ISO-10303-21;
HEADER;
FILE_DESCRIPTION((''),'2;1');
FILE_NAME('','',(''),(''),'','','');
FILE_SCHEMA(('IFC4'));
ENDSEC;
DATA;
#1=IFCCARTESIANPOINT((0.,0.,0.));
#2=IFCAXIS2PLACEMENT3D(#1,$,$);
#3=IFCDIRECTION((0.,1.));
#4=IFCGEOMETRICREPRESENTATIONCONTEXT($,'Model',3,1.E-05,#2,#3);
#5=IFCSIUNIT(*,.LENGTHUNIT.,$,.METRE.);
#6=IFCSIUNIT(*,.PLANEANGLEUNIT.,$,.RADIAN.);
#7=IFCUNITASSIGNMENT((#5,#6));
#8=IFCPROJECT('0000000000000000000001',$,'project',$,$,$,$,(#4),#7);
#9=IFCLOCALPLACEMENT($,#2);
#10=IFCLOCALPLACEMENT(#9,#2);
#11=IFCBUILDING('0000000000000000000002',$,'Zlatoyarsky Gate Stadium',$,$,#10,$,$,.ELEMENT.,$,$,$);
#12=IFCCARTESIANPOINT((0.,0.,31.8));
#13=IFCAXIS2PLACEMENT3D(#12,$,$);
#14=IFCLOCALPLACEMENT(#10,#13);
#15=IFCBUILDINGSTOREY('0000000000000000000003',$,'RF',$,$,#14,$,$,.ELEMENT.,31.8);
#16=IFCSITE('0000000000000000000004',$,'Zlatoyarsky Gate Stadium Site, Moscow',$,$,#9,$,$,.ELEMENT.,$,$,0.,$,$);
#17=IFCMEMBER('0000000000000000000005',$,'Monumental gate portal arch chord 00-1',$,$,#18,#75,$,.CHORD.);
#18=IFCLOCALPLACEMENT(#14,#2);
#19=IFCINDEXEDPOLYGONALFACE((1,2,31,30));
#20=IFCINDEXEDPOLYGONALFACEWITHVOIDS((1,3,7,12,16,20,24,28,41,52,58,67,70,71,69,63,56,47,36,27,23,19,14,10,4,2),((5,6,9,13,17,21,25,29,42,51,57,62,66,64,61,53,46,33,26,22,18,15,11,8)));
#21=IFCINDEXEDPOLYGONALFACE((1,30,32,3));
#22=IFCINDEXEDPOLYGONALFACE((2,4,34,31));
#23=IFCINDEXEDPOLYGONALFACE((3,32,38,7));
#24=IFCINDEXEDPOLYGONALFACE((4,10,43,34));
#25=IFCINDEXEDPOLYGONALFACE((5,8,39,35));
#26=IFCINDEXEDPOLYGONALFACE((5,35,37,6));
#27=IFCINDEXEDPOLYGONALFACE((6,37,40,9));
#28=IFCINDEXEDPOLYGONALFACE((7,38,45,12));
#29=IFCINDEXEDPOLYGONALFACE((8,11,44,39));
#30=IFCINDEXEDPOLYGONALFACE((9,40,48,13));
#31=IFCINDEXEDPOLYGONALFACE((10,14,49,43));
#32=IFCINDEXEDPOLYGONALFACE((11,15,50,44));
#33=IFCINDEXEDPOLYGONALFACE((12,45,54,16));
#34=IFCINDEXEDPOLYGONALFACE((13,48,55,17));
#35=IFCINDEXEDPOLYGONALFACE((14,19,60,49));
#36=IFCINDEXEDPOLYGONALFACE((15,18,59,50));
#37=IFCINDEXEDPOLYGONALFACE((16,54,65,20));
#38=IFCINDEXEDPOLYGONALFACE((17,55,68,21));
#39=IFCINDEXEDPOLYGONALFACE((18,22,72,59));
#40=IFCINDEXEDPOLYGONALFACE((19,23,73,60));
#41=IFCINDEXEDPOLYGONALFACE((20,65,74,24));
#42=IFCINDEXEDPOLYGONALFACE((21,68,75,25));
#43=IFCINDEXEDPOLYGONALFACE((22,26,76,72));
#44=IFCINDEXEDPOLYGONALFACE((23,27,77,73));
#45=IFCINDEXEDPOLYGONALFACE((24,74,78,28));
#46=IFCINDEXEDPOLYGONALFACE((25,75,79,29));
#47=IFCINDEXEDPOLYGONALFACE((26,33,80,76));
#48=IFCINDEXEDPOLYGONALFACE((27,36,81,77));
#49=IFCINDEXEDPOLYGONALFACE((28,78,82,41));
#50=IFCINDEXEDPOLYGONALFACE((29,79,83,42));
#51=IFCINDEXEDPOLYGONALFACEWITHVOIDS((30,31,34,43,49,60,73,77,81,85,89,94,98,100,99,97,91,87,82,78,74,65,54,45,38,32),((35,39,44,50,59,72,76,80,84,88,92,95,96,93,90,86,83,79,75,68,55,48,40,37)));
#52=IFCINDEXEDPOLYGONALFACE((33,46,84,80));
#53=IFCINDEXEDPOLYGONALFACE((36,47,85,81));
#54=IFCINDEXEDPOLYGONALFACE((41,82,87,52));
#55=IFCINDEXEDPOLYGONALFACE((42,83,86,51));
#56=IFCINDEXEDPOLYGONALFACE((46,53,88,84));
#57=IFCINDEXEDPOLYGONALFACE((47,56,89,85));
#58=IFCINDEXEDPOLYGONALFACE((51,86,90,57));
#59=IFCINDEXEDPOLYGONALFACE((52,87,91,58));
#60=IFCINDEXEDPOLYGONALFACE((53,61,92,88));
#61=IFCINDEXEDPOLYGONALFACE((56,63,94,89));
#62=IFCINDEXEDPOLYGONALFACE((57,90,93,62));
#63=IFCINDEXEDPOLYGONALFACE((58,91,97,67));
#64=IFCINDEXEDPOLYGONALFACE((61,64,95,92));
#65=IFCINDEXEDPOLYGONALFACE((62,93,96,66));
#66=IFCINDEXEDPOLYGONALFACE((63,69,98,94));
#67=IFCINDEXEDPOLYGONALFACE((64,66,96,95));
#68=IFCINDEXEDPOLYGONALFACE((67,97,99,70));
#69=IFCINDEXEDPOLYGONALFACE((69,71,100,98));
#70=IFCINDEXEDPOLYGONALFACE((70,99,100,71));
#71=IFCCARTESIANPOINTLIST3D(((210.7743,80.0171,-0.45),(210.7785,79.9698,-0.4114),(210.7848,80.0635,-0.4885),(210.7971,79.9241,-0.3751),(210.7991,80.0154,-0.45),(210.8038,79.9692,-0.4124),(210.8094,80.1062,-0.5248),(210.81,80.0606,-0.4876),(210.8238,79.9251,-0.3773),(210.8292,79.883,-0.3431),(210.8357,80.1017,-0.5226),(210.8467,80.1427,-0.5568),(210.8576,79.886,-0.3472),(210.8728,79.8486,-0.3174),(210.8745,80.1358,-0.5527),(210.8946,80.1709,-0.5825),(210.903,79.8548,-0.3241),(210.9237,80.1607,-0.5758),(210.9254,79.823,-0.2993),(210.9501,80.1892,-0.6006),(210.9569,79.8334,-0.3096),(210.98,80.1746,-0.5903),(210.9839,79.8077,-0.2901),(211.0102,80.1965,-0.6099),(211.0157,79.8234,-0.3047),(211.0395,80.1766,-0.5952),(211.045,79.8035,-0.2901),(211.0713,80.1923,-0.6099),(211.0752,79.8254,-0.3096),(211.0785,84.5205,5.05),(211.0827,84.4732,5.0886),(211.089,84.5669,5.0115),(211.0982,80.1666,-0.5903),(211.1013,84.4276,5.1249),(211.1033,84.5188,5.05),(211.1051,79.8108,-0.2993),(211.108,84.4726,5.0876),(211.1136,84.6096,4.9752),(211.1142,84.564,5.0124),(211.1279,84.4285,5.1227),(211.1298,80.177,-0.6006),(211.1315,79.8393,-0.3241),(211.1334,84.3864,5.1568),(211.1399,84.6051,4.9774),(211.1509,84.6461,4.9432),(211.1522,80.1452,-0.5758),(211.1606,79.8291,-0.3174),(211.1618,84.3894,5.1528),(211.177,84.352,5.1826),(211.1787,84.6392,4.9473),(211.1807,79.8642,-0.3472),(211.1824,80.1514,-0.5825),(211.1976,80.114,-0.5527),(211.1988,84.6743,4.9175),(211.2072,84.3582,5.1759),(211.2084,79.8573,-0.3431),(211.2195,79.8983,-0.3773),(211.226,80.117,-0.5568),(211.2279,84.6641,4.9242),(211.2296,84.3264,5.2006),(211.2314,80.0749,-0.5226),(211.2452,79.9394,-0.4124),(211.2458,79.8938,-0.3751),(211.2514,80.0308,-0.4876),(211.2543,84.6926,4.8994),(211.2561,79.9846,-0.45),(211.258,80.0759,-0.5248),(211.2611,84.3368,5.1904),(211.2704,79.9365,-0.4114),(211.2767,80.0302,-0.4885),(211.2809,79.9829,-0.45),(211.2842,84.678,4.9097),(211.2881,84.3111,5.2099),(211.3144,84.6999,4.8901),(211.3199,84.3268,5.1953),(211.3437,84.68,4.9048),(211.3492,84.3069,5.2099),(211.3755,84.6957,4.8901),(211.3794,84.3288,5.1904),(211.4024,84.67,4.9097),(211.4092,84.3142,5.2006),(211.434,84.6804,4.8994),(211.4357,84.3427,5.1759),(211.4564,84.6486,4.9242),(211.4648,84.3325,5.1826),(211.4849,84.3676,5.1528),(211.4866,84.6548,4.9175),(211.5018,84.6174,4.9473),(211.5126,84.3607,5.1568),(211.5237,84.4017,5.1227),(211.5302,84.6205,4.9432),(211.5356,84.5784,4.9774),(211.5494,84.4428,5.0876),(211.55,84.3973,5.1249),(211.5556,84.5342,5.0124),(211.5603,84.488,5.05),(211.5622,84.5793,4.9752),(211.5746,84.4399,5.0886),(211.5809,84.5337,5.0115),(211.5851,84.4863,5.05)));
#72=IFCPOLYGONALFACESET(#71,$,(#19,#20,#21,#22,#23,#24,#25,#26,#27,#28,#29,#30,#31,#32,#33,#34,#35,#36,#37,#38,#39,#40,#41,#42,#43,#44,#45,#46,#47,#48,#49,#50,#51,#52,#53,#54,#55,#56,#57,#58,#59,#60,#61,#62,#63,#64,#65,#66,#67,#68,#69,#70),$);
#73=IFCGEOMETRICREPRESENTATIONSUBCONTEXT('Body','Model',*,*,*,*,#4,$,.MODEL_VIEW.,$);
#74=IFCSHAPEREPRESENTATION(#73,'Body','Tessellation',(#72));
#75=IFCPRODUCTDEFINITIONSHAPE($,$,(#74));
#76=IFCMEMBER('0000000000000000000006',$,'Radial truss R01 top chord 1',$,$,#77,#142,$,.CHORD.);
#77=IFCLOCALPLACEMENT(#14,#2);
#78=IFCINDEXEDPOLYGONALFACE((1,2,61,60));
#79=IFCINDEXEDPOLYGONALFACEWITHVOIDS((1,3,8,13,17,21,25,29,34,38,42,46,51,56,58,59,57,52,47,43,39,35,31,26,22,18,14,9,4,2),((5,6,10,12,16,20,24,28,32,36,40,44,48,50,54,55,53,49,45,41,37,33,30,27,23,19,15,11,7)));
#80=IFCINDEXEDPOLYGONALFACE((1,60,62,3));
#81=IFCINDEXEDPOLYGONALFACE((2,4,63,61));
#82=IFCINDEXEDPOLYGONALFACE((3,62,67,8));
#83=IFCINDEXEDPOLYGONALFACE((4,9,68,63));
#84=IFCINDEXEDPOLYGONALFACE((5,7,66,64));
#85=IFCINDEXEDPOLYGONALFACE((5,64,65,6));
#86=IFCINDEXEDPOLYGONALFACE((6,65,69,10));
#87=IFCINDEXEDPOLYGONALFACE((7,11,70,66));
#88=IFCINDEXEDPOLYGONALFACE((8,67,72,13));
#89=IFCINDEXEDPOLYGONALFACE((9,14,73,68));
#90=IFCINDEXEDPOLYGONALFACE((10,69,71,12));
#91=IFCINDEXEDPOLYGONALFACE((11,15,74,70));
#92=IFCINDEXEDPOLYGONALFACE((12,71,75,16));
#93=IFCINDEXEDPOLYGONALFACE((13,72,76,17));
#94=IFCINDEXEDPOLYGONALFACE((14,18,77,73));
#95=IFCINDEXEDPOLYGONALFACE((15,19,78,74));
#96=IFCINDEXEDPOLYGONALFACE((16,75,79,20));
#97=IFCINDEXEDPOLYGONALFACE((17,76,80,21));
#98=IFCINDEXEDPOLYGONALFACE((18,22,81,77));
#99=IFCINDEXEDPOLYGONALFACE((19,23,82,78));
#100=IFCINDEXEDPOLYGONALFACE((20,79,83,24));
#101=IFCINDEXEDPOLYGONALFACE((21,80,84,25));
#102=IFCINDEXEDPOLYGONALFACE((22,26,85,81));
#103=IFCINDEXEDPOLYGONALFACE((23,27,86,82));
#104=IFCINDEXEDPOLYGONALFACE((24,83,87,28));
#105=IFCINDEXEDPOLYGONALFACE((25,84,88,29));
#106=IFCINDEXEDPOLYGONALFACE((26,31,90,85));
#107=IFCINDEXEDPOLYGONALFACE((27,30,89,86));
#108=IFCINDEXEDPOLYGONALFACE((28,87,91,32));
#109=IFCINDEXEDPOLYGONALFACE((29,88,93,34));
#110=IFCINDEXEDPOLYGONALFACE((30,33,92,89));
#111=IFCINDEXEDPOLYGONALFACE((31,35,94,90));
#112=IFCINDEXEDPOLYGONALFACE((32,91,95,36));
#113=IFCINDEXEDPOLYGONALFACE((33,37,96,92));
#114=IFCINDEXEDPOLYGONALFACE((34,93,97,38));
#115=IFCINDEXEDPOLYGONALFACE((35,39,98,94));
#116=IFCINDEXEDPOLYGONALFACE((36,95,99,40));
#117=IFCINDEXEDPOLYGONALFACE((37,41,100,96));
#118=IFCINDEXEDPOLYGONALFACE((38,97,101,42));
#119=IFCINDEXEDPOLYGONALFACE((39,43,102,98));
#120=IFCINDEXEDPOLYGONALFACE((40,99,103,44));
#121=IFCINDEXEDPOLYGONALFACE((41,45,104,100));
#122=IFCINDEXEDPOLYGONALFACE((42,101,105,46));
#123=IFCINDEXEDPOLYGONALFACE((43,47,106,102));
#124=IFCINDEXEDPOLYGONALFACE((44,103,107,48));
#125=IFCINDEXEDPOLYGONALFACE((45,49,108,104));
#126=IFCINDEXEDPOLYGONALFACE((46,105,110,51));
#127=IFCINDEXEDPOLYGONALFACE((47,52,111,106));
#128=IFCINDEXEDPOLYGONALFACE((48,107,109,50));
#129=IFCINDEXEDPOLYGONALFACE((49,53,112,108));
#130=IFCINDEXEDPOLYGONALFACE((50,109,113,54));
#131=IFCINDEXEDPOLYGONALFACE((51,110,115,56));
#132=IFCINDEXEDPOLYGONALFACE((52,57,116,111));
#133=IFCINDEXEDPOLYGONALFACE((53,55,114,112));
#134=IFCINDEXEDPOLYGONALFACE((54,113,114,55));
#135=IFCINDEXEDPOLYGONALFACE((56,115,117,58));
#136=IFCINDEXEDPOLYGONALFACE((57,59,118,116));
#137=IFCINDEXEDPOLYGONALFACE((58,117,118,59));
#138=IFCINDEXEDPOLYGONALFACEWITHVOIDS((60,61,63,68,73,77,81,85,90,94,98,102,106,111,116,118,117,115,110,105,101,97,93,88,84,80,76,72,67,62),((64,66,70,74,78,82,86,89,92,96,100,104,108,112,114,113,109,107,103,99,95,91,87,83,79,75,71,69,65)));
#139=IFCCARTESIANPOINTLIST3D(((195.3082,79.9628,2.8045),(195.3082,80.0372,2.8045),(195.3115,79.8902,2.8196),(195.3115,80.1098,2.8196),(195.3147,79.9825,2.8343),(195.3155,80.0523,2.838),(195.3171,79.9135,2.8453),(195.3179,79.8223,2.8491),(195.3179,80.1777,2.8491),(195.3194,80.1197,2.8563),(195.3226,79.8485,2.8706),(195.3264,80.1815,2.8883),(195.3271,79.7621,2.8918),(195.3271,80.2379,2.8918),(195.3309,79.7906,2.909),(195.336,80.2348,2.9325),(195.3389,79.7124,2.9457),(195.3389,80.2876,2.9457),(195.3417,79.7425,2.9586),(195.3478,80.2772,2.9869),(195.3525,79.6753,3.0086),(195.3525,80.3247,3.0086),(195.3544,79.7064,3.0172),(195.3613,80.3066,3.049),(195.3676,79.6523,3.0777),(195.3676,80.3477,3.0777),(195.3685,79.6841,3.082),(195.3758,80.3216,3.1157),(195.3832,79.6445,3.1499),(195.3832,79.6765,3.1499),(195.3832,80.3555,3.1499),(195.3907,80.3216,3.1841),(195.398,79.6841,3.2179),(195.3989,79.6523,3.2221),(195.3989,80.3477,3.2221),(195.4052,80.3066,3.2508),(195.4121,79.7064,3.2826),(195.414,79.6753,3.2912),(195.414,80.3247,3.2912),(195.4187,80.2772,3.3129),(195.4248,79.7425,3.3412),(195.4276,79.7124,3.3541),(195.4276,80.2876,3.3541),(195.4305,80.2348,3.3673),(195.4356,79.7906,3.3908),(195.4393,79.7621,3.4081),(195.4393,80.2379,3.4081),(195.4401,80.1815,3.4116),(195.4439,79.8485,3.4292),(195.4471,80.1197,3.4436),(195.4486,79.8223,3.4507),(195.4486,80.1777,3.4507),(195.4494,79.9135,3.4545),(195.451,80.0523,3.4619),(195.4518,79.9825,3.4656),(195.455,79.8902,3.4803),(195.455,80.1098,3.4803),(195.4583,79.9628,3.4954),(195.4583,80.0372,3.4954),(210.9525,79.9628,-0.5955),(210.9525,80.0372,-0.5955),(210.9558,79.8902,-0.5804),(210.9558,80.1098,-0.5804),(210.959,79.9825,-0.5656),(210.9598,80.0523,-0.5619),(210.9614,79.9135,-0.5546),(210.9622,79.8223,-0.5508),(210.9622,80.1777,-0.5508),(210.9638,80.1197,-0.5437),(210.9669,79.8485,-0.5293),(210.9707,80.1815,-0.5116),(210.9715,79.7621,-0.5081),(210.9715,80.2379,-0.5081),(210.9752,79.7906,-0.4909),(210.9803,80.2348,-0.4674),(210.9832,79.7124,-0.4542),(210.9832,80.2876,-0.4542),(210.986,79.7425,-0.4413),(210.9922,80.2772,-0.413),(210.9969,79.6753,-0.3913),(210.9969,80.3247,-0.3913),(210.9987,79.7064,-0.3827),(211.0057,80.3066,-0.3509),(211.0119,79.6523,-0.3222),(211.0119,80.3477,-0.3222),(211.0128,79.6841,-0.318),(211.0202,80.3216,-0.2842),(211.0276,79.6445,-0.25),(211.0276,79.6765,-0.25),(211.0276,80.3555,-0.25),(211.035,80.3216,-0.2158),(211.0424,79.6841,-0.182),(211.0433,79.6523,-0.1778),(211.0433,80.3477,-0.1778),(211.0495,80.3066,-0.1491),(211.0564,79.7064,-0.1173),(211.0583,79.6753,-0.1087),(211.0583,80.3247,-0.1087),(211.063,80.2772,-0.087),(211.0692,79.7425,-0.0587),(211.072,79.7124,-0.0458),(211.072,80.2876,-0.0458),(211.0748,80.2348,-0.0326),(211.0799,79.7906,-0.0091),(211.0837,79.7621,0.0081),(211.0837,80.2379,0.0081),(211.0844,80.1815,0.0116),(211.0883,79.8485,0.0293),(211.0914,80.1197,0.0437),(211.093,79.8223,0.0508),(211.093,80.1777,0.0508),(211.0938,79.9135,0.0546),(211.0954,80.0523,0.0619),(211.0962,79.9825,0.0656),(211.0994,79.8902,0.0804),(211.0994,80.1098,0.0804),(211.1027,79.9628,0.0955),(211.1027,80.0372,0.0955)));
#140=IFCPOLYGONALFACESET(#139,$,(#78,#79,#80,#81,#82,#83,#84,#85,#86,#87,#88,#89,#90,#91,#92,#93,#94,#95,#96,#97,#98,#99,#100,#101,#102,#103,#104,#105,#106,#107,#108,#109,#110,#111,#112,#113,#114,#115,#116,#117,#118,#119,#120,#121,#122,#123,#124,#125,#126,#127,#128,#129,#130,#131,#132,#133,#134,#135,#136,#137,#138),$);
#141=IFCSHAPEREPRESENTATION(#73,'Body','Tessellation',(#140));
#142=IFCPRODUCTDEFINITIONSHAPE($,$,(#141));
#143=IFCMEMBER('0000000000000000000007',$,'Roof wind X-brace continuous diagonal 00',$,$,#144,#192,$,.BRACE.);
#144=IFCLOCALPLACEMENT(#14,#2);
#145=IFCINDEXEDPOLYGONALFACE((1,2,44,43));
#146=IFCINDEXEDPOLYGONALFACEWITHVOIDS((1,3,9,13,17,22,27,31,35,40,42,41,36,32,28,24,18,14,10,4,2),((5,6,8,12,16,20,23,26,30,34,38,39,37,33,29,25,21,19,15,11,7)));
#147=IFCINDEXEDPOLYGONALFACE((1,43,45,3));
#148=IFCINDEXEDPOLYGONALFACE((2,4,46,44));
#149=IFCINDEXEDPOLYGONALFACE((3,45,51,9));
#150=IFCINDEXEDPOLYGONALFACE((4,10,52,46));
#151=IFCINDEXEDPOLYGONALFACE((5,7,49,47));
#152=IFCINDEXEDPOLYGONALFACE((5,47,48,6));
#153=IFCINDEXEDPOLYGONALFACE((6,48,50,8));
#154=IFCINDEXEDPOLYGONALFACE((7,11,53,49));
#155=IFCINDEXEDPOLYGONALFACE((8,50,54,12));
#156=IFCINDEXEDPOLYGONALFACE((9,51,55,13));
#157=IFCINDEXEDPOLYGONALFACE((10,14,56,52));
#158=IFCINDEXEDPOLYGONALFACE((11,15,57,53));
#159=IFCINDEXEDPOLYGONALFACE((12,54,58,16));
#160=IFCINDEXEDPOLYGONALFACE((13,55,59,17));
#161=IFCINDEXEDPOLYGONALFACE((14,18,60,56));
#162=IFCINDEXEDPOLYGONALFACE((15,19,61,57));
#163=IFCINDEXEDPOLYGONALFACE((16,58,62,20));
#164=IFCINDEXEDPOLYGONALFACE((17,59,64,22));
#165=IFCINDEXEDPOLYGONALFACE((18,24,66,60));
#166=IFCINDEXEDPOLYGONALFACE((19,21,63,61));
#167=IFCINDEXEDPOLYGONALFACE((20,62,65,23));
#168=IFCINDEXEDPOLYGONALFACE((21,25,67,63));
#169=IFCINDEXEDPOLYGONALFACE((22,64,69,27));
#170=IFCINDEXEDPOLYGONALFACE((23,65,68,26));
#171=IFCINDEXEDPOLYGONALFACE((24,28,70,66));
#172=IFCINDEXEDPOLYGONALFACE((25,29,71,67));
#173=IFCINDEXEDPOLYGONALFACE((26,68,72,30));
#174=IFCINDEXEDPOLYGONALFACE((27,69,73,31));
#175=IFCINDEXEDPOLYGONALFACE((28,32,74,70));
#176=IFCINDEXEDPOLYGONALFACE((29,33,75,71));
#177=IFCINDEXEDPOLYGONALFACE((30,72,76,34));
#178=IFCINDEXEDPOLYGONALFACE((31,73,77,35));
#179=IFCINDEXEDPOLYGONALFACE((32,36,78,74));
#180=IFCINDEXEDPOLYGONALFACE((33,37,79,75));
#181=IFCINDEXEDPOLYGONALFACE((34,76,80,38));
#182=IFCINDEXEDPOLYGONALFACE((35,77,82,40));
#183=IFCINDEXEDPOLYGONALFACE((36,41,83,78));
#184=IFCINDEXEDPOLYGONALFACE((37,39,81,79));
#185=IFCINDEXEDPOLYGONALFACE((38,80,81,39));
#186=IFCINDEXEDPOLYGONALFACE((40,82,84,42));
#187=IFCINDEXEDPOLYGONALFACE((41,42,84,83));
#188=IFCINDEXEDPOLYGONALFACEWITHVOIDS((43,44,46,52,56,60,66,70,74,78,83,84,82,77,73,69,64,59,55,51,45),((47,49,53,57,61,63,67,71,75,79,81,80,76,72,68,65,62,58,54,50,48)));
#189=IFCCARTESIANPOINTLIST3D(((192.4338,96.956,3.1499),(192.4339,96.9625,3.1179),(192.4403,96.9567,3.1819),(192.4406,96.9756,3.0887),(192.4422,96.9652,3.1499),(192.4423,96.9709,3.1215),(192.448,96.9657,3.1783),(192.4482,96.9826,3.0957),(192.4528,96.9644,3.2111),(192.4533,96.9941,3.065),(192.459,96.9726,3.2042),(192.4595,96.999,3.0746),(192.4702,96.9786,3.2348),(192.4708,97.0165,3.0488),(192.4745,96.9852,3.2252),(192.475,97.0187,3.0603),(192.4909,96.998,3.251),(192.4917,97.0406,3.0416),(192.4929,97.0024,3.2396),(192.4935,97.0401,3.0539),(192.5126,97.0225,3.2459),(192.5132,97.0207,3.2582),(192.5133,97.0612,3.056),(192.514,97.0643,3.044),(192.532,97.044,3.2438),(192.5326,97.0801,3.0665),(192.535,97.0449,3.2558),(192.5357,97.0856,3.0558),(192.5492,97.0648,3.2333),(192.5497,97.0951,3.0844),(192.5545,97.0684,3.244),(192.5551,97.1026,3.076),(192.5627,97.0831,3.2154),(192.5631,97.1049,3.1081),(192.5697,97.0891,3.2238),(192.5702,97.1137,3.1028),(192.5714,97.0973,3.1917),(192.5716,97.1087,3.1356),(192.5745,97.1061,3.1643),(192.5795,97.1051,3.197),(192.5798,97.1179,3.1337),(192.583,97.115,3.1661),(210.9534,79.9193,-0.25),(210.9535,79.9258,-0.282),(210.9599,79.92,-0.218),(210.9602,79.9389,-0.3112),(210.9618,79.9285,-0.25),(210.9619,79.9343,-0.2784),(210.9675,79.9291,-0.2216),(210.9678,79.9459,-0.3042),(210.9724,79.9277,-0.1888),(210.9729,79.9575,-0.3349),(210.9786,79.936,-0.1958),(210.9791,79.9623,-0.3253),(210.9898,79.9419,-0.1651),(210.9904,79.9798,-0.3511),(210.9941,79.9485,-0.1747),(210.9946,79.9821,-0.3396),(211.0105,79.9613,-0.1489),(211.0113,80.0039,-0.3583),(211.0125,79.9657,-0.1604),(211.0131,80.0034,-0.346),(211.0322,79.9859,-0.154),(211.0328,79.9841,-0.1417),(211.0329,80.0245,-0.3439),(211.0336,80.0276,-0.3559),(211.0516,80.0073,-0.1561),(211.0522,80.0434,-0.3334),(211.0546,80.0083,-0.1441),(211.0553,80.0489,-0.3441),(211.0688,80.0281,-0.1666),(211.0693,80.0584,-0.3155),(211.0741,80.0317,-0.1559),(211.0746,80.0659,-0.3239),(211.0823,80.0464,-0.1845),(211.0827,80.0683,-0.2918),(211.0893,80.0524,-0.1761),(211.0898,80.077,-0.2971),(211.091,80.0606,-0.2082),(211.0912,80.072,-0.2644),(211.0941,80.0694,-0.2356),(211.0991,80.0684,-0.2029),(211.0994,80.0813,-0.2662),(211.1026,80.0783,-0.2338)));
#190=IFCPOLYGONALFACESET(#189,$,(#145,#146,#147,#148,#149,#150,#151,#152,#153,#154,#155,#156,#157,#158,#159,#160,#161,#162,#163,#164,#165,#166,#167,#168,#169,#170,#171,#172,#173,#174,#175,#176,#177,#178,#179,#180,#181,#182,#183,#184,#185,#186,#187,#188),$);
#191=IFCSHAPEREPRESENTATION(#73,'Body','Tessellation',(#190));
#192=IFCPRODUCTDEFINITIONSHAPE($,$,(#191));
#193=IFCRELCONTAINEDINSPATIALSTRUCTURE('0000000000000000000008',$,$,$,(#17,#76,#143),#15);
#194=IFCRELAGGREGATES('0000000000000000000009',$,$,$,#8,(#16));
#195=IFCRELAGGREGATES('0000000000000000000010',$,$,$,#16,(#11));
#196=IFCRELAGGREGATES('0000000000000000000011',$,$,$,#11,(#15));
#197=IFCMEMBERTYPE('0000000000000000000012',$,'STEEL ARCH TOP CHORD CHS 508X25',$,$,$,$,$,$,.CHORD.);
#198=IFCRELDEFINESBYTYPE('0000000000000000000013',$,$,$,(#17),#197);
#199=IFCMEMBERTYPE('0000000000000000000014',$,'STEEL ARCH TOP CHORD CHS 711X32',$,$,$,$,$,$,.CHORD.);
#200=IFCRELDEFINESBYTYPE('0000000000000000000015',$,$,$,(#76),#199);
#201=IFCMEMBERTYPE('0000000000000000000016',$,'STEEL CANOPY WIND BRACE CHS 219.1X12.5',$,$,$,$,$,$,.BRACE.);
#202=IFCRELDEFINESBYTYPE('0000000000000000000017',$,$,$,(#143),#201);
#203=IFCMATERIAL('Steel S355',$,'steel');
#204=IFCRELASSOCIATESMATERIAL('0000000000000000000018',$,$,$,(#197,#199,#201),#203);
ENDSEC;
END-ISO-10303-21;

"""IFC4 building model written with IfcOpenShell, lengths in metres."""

from ifc_helpers import new_model, si_unit, direction, frame, origin, origin_2d, place, context, subcontext, project, spatial, hollow_circle, extrude, material, material_profile, profile_set, type_object, element, save


model = new_model("IFC4")

# Units and contexts
model_context = context("Model", 3, precision=1e-05, world=origin(), true_north=direction((0.0, 1.0)))
body_context = subcontext(model_context, "Body", "Model", "MODEL_VIEW")
ifc_project = project(units=[si_unit("LENGTHUNIT", "METRE"), si_unit("PLANEANGLEUNIT", "RADIAN")], contexts=[model_context])

# Site, building, storey
site_placement = place(None, origin())
site = spatial("IfcSite", under=ifc_project, at=site_placement, Name="Zlatoyarsky Gate Stadium Site, Moscow", CompositionType="ELEMENT", RefElevation=0.0)
building_placement = place(site_placement, origin())
building = spatial("IfcBuilding", under=site, at=building_placement, Name="Zlatoyarsky Gate Stadium", CompositionType="ELEMENT")
storey_placement = place(building_placement, frame((0.0, 0.0, 31.8)))
storey = spatial("IfcBuildingStorey", under=building, at=storey_placement, Name="RF", CompositionType="ELEMENT", Elevation=31.8)

# Members
ifc_material_1 = material(Name="Steel S355", Category="steel")
ifc_material_profile_1 = material_profile(ifc_material_1, hollow_circle(Radius=0.2539, WallThickness=0.0249, at=origin_2d()), Name="CHS 508X25")
ifc_profile_set_1 = profile_set([ifc_material_profile_1], Name="Steel S355")
member_type_1 = type_object("IfcMemberType", Name="STEEL ARCH TOP CHORD CHS 508X25", PredefinedType="CHORD", material=ifc_profile_set_1)
member_1_placement = place(storey_placement, frame((211.0276, 80.0, -0.45), z_axis=(0.042755, 0.632946, 0.773014), x_axis=(-0.997726, 0.067395, 0.0)))
element("IfcMember", 1, at=member_1_placement, inside=storey, type_object=member_type_1, Name="Monumental gate portal arch chord 00-1", PredefinedType="CHORD", context=body_context, shape_type="SweptSolid", body=[
    extrude(hollow_circle(Radius=0.2539, WallThickness=0.0249, at=origin_2d()), origin(), (0.0, 0.0, 1.0), 7.115),
])
ifc_material_profile_2 = material_profile(ifc_material_1, hollow_circle(Radius=0.3555, WallThickness=0.032, at=origin_2d()), Name="CHS 711X32")
ifc_profile_set_2 = profile_set([ifc_material_profile_2], Name="Steel S355")
member_type_2 = type_object("IfcMemberType", Name="STEEL ARCH TOP CHORD CHS 711X32", PredefinedType="CHORD", material=ifc_profile_set_2)
member_2_placement = place(storey_placement, frame((211.0276, 80.0, -0.25), z_axis=(-0.97719, 0.0, 0.212368), x_axis=(0.0, -1.0, 0.0)))
element("IfcMember", 2, at=member_2_placement, inside=storey, type_object=member_type_2, Name="Radial truss R01 top chord 1", PredefinedType="CHORD", context=body_context, shape_type="SweptSolid", body=[
    extrude(hollow_circle(Radius=0.3555, WallThickness=0.032, at=origin_2d()), origin(), (0.0, 0.0, 1.0), 16.0095),
])
ifc_material_profile_3 = material_profile(ifc_material_1, hollow_circle(Radius=0.1096, WallThickness=0.0125, at=origin_2d()), Name="CHS 219.1X12.5")
ifc_profile_set_3 = profile_set([ifc_material_profile_3], Name="Steel S355")
member_type_3 = type_object("IfcMemberType", Name="STEEL CANOPY WIND BRACE CHS 219.1X12.5", PredefinedType="BRACE", material=ifc_profile_set_3)
member_3_placement = place(storey_placement, frame((211.0276, 80.0, -0.25), z_axis=(-0.729331, 0.670931, 0.133894), x_axis=(-0.677028, -0.735958, 0.0)))
element("IfcMember", 3, at=member_3_placement, inside=storey, type_object=member_type_3, Name="Roof wind X-brace continuous diagonal 00", PredefinedType="BRACE", context=body_context, shape_type="SweptSolid", body=[
    extrude(hollow_circle(Radius=0.1096, WallThickness=0.0125, at=origin_2d()), origin(), (0.0, 0.0, 1.0), 25.3926),
])

save(model, "model.ifc")
